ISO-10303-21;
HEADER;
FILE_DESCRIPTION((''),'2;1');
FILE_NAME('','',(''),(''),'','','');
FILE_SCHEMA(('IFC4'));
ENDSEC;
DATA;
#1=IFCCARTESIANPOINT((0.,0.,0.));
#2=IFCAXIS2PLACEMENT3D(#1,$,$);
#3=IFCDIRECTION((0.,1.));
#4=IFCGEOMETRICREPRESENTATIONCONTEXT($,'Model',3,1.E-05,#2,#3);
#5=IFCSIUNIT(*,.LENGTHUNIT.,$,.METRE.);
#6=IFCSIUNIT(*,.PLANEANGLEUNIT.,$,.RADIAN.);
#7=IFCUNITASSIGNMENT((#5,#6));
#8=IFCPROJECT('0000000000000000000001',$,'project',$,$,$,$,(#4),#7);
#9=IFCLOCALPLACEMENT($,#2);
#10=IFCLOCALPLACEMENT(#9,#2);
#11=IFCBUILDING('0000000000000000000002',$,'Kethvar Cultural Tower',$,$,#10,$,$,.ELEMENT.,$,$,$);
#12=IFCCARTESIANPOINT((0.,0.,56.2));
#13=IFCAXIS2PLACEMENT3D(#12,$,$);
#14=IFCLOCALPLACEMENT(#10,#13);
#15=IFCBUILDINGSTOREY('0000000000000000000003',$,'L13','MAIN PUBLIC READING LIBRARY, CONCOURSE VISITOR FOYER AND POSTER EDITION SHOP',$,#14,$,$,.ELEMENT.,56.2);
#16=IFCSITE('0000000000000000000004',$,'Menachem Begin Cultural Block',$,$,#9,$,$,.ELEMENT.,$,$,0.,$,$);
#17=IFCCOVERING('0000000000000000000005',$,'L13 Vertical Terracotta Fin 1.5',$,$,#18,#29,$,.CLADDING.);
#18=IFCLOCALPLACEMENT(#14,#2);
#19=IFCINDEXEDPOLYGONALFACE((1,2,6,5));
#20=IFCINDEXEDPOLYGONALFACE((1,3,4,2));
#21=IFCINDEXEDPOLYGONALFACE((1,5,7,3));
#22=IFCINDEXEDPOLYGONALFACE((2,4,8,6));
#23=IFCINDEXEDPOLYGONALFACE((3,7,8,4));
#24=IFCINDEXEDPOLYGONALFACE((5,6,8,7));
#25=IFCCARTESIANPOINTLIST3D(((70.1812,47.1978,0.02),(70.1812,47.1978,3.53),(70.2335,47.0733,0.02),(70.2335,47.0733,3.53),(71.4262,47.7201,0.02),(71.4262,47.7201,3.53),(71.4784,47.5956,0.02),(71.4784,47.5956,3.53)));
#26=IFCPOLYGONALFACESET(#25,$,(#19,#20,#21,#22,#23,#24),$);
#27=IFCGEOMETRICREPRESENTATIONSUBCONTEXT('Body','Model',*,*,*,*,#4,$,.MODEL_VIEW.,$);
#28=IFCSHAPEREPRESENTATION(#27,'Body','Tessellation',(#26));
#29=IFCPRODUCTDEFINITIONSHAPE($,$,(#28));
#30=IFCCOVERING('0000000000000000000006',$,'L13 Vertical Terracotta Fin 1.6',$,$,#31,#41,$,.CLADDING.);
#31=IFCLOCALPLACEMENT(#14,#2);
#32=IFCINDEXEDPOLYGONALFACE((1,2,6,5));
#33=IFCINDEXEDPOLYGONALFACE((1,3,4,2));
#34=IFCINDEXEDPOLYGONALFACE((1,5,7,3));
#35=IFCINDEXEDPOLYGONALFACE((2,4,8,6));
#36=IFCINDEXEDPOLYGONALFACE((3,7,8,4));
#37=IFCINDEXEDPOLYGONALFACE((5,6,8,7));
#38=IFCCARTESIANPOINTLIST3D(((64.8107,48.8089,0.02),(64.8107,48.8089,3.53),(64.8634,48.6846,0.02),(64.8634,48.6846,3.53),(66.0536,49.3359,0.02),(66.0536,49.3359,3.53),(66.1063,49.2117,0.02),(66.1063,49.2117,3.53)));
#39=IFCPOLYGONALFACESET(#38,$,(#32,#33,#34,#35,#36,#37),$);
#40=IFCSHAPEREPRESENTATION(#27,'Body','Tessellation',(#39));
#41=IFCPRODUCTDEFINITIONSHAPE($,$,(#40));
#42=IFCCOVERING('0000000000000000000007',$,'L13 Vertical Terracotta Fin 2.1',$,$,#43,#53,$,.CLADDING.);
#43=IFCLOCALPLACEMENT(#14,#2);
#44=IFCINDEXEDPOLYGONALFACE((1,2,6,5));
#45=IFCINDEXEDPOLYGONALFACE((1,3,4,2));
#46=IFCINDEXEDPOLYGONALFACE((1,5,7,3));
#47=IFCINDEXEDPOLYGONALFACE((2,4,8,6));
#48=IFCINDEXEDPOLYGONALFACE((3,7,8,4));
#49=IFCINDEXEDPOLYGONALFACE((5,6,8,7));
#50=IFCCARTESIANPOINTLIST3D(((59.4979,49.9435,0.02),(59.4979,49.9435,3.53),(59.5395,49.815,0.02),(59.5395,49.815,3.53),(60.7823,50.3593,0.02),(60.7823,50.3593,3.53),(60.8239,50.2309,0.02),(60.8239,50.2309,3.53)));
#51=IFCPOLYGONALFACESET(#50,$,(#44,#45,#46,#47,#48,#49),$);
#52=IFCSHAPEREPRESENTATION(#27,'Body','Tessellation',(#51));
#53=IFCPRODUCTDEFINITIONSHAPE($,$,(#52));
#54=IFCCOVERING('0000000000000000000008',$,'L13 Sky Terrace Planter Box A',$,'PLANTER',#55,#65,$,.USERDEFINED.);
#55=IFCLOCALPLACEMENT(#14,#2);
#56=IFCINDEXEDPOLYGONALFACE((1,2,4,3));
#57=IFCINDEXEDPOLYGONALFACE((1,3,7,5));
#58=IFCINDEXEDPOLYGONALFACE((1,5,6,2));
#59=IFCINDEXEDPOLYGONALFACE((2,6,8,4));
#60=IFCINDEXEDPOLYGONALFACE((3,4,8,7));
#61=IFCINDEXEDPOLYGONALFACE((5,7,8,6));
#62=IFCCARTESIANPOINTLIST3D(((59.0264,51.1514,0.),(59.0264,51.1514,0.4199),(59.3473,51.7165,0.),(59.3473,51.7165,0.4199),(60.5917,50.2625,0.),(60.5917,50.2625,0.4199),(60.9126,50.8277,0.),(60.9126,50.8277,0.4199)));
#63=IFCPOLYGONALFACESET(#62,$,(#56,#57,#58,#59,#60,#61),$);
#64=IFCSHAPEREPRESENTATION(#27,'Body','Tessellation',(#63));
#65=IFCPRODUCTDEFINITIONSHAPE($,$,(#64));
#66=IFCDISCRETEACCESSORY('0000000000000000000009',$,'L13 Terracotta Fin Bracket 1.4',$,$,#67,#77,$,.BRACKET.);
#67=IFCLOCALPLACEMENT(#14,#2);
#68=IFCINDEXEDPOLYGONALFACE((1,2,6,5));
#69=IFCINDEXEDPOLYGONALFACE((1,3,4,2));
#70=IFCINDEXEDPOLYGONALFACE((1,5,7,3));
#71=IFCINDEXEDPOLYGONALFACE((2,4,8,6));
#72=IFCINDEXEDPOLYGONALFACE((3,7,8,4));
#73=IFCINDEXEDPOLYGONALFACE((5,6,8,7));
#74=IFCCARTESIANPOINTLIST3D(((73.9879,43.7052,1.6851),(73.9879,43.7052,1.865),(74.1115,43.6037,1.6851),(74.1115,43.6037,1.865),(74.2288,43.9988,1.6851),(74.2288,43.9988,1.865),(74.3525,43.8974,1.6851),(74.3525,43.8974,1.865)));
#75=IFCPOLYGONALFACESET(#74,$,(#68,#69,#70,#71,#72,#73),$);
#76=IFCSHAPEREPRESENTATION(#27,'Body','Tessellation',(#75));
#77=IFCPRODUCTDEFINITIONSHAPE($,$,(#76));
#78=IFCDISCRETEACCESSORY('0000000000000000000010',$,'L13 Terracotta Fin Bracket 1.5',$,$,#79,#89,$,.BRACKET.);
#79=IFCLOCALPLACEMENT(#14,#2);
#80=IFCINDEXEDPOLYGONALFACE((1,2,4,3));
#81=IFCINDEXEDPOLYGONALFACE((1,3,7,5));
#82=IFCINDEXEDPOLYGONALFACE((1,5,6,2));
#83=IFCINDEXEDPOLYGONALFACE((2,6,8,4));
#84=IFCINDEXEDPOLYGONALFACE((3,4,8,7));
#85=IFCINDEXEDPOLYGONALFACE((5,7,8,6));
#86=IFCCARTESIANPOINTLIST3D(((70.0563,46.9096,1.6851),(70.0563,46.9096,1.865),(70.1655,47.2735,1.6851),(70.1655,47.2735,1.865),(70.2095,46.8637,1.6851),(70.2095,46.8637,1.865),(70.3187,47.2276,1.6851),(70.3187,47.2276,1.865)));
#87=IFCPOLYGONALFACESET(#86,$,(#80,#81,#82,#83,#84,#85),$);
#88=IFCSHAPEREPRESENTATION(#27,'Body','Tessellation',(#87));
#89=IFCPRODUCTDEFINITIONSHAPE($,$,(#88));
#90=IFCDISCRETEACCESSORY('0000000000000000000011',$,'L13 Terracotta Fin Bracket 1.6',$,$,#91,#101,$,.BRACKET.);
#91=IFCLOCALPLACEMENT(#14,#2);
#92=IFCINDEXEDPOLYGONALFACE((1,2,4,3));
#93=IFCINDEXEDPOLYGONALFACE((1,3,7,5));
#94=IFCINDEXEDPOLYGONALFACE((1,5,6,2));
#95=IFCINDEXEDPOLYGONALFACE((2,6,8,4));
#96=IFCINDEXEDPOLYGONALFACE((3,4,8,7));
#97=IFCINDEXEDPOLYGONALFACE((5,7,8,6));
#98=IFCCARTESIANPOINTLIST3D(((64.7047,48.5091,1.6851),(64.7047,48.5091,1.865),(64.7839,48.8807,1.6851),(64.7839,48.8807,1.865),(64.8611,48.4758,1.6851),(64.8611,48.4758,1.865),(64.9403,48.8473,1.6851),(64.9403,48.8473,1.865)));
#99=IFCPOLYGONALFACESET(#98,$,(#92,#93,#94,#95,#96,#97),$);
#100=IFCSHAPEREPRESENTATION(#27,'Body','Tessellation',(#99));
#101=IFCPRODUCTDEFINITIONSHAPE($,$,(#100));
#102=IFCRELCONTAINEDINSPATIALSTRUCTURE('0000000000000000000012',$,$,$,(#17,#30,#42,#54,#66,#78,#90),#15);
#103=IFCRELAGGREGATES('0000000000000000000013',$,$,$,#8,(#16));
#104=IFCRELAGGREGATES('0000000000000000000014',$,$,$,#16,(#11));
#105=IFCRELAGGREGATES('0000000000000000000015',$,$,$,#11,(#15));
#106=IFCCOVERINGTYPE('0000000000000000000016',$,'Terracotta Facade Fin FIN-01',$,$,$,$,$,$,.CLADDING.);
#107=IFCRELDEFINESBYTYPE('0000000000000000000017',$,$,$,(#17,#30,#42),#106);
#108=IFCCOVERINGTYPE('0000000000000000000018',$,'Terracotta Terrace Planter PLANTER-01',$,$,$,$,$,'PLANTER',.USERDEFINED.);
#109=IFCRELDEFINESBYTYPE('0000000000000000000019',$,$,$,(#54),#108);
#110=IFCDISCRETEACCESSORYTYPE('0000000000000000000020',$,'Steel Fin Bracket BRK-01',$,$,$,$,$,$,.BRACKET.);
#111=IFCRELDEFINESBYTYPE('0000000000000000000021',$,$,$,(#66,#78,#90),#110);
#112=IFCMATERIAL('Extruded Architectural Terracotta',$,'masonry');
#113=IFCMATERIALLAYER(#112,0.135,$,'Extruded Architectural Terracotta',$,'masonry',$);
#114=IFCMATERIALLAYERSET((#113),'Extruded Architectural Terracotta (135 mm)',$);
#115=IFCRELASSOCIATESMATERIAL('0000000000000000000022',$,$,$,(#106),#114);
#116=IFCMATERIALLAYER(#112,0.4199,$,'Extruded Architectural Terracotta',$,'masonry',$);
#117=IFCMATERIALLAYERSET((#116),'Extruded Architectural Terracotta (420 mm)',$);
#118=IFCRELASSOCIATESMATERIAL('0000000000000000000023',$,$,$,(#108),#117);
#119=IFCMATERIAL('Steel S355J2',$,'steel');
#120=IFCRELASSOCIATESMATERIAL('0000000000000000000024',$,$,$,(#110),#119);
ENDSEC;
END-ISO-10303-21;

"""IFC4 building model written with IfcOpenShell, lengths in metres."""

from ifc_helpers import new_model, si_unit, direction, frame, origin, origin_2d, place, context, subcontext, project, spatial, rectangle, extrude, source, transform, mapped, material, layer, layer_set, type_object, element, save


model = new_model("IFC4")

# Units and contexts
model_context = context("Model", 3, precision=1e-05, world=origin(), true_north=direction((0.0, 1.0)))
body_context = subcontext(model_context, "Body", "Model", "MODEL_VIEW")
ifc_project = project(units=[si_unit("LENGTHUNIT", "METRE"), si_unit("PLANEANGLEUNIT", "RADIAN")], contexts=[model_context])

# Site, building, storey
site_placement = place(None, origin())
site = spatial("IfcSite", under=ifc_project, at=site_placement, Name="Menachem Begin Cultural Block", CompositionType="ELEMENT", RefElevation=0.0)
building_placement = place(site_placement, origin())
building = spatial("IfcBuilding", under=site, at=building_placement, Name="Kethvar Cultural Tower", CompositionType="ELEMENT")
storey_placement = place(building_placement, frame((0.0, 0.0, 56.2)))
storey = spatial("IfcBuildingStorey", under=building, at=storey_placement, Name="L13", Description="MAIN PUBLIC READING LIBRARY, CONCOURSE VISITOR FOYER AND POSTER EDITION SHOP", CompositionType="ELEMENT", Elevation=56.2)

# Shared definitions
ifc_material_1 = material(Name="Steel S355J2", Category="steel")

# Coverings
ifc_material_2 = material(Name="Extruded Architectural Terracotta", Category="masonry")
ifc_layer_1 = layer(ifc_material_2, 0.135, Name="Extruded Architectural Terracotta", Category="masonry")
ifc_layer_set_1 = layer_set([ifc_layer_1], Name="Extruded Architectural Terracotta (135 mm)")
covering_type_1 = type_object("IfcCoveringType", Name="Terracotta Facade Fin FIN-01", PredefinedType="CLADDING", material=ifc_layer_set_1)
shared_shape_1 = source(origin(), body_context, "Body", "SweptSolid", [
    extrude(rectangle(XDim=1.3501, YDim=0.135, at=origin_2d()), origin(), (0.0, 0.0, 1.0), 3.51),
])
for number, where, z_axis, x_axis, name in (
    (1, (70.8298, 47.3967, 0.02), (0.0, 0.0, 1.0), (0.922133, 0.386872, 0.0), "L13 Vertical Terracotta Fin 1.5"),
    (2, (65.4585, 49.0103, 0.02), (0.0, 0.0, 1.0), (0.920641, 0.39041, 0.0), "L13 Vertical Terracotta Fin 1.6"),
    (3, (60.1609, 50.0872, 0.02), (0.0, 0.0, 1.0), (0.95138, 0.308021, 0.0), "L13 Vertical Terracotta Fin 2.1"),
):
    element("IfcCovering", number, at=place(storey_placement, frame(where, z_axis=z_axis, x_axis=x_axis)), inside=storey, type_object=covering_type_1, Name=name, PredefinedType="CLADDING", context=body_context, shape_type="MappedRepresentation", body=[
        mapped(shared_shape_1, transform((0.0, 0.0, 0.0), scale=1.0)),
    ])
ifc_layer_2 = layer(ifc_material_2, 0.4199, Name="Extruded Architectural Terracotta", Category="masonry")
ifc_layer_set_2 = layer_set([ifc_layer_2], Name="Extruded Architectural Terracotta (420 mm)")
covering_type_2 = type_object("IfcCoveringType", Name="Terracotta Terrace Planter PLANTER-01", ElementType="PLANTER", PredefinedType="USERDEFINED", material=ifc_layer_set_2)
shared_shape_2 = source(origin(), body_context, "Body", "SweptSolid", [
    extrude(rectangle(XDim=1.8, YDim=0.6499, at=origin_2d()), origin(), (0.0, 0.0, 1.0), 0.4199),
])
covering_placement = place(storey_placement, frame((59.9695, 50.9895, 0.0), z_axis=(0.0, 0.0, 1.0), x_axis=(-0.869581, 0.49379, 0.0)))
element("IfcCovering", 4, at=covering_placement, inside=storey, type_object=covering_type_2, Name="L13 Sky Terrace Planter Box A", ObjectType="PLANTER", PredefinedType="USERDEFINED", context=body_context, shape_type="MappedRepresentation", body=[
    mapped(shared_shape_2, transform((0.0, 0.0, 0.0), scale=1.0)),
])

# Discrete accessories
discrete_accessory_type = type_object("IfcDiscreteAccessoryType", Name="Steel Fin Bracket BRK-01", PredefinedType="BRACKET", material=ifc_material_1)
shared_shape_3 = source(origin(), body_context, "Body", "SweptSolid", [
    extrude(rectangle(XDim=0.3799, YDim=0.1599, at=origin_2d()), origin(), (0.0, 0.0, 1.0), 0.1799),
])
for number, where, z_axis, x_axis, name in (
    (5, (74.1702, 43.8013, 1.6851), (0.0, 0.0, 1.0), (0.634326, 0.773066, 0.0), "L13 Terracotta Fin Bracket 1.4"),
    (6, (70.1875, 47.0686, 1.6851), (0.0, 0.0, 1.0), (0.287361, 0.957822, 0.0), "L13 Terracotta Fin Bracket 1.5"),
    (7, (64.8225, 48.6782, 1.6851), (0.0, 0.0, 1.0), (0.208424, 0.978039, 0.0), "L13 Terracotta Fin Bracket 1.6"),
):
    element("IfcDiscreteAccessory", number, at=place(storey_placement, frame(where, z_axis=z_axis, x_axis=x_axis)), inside=storey, type_object=discrete_accessory_type, Name=name, PredefinedType="BRACKET", context=body_context, shape_type="MappedRepresentation", body=[
        mapped(shared_shape_3, transform((0.0, 0.0, 0.0), scale=1.0)),
    ])

save(model, "model.ifc")
